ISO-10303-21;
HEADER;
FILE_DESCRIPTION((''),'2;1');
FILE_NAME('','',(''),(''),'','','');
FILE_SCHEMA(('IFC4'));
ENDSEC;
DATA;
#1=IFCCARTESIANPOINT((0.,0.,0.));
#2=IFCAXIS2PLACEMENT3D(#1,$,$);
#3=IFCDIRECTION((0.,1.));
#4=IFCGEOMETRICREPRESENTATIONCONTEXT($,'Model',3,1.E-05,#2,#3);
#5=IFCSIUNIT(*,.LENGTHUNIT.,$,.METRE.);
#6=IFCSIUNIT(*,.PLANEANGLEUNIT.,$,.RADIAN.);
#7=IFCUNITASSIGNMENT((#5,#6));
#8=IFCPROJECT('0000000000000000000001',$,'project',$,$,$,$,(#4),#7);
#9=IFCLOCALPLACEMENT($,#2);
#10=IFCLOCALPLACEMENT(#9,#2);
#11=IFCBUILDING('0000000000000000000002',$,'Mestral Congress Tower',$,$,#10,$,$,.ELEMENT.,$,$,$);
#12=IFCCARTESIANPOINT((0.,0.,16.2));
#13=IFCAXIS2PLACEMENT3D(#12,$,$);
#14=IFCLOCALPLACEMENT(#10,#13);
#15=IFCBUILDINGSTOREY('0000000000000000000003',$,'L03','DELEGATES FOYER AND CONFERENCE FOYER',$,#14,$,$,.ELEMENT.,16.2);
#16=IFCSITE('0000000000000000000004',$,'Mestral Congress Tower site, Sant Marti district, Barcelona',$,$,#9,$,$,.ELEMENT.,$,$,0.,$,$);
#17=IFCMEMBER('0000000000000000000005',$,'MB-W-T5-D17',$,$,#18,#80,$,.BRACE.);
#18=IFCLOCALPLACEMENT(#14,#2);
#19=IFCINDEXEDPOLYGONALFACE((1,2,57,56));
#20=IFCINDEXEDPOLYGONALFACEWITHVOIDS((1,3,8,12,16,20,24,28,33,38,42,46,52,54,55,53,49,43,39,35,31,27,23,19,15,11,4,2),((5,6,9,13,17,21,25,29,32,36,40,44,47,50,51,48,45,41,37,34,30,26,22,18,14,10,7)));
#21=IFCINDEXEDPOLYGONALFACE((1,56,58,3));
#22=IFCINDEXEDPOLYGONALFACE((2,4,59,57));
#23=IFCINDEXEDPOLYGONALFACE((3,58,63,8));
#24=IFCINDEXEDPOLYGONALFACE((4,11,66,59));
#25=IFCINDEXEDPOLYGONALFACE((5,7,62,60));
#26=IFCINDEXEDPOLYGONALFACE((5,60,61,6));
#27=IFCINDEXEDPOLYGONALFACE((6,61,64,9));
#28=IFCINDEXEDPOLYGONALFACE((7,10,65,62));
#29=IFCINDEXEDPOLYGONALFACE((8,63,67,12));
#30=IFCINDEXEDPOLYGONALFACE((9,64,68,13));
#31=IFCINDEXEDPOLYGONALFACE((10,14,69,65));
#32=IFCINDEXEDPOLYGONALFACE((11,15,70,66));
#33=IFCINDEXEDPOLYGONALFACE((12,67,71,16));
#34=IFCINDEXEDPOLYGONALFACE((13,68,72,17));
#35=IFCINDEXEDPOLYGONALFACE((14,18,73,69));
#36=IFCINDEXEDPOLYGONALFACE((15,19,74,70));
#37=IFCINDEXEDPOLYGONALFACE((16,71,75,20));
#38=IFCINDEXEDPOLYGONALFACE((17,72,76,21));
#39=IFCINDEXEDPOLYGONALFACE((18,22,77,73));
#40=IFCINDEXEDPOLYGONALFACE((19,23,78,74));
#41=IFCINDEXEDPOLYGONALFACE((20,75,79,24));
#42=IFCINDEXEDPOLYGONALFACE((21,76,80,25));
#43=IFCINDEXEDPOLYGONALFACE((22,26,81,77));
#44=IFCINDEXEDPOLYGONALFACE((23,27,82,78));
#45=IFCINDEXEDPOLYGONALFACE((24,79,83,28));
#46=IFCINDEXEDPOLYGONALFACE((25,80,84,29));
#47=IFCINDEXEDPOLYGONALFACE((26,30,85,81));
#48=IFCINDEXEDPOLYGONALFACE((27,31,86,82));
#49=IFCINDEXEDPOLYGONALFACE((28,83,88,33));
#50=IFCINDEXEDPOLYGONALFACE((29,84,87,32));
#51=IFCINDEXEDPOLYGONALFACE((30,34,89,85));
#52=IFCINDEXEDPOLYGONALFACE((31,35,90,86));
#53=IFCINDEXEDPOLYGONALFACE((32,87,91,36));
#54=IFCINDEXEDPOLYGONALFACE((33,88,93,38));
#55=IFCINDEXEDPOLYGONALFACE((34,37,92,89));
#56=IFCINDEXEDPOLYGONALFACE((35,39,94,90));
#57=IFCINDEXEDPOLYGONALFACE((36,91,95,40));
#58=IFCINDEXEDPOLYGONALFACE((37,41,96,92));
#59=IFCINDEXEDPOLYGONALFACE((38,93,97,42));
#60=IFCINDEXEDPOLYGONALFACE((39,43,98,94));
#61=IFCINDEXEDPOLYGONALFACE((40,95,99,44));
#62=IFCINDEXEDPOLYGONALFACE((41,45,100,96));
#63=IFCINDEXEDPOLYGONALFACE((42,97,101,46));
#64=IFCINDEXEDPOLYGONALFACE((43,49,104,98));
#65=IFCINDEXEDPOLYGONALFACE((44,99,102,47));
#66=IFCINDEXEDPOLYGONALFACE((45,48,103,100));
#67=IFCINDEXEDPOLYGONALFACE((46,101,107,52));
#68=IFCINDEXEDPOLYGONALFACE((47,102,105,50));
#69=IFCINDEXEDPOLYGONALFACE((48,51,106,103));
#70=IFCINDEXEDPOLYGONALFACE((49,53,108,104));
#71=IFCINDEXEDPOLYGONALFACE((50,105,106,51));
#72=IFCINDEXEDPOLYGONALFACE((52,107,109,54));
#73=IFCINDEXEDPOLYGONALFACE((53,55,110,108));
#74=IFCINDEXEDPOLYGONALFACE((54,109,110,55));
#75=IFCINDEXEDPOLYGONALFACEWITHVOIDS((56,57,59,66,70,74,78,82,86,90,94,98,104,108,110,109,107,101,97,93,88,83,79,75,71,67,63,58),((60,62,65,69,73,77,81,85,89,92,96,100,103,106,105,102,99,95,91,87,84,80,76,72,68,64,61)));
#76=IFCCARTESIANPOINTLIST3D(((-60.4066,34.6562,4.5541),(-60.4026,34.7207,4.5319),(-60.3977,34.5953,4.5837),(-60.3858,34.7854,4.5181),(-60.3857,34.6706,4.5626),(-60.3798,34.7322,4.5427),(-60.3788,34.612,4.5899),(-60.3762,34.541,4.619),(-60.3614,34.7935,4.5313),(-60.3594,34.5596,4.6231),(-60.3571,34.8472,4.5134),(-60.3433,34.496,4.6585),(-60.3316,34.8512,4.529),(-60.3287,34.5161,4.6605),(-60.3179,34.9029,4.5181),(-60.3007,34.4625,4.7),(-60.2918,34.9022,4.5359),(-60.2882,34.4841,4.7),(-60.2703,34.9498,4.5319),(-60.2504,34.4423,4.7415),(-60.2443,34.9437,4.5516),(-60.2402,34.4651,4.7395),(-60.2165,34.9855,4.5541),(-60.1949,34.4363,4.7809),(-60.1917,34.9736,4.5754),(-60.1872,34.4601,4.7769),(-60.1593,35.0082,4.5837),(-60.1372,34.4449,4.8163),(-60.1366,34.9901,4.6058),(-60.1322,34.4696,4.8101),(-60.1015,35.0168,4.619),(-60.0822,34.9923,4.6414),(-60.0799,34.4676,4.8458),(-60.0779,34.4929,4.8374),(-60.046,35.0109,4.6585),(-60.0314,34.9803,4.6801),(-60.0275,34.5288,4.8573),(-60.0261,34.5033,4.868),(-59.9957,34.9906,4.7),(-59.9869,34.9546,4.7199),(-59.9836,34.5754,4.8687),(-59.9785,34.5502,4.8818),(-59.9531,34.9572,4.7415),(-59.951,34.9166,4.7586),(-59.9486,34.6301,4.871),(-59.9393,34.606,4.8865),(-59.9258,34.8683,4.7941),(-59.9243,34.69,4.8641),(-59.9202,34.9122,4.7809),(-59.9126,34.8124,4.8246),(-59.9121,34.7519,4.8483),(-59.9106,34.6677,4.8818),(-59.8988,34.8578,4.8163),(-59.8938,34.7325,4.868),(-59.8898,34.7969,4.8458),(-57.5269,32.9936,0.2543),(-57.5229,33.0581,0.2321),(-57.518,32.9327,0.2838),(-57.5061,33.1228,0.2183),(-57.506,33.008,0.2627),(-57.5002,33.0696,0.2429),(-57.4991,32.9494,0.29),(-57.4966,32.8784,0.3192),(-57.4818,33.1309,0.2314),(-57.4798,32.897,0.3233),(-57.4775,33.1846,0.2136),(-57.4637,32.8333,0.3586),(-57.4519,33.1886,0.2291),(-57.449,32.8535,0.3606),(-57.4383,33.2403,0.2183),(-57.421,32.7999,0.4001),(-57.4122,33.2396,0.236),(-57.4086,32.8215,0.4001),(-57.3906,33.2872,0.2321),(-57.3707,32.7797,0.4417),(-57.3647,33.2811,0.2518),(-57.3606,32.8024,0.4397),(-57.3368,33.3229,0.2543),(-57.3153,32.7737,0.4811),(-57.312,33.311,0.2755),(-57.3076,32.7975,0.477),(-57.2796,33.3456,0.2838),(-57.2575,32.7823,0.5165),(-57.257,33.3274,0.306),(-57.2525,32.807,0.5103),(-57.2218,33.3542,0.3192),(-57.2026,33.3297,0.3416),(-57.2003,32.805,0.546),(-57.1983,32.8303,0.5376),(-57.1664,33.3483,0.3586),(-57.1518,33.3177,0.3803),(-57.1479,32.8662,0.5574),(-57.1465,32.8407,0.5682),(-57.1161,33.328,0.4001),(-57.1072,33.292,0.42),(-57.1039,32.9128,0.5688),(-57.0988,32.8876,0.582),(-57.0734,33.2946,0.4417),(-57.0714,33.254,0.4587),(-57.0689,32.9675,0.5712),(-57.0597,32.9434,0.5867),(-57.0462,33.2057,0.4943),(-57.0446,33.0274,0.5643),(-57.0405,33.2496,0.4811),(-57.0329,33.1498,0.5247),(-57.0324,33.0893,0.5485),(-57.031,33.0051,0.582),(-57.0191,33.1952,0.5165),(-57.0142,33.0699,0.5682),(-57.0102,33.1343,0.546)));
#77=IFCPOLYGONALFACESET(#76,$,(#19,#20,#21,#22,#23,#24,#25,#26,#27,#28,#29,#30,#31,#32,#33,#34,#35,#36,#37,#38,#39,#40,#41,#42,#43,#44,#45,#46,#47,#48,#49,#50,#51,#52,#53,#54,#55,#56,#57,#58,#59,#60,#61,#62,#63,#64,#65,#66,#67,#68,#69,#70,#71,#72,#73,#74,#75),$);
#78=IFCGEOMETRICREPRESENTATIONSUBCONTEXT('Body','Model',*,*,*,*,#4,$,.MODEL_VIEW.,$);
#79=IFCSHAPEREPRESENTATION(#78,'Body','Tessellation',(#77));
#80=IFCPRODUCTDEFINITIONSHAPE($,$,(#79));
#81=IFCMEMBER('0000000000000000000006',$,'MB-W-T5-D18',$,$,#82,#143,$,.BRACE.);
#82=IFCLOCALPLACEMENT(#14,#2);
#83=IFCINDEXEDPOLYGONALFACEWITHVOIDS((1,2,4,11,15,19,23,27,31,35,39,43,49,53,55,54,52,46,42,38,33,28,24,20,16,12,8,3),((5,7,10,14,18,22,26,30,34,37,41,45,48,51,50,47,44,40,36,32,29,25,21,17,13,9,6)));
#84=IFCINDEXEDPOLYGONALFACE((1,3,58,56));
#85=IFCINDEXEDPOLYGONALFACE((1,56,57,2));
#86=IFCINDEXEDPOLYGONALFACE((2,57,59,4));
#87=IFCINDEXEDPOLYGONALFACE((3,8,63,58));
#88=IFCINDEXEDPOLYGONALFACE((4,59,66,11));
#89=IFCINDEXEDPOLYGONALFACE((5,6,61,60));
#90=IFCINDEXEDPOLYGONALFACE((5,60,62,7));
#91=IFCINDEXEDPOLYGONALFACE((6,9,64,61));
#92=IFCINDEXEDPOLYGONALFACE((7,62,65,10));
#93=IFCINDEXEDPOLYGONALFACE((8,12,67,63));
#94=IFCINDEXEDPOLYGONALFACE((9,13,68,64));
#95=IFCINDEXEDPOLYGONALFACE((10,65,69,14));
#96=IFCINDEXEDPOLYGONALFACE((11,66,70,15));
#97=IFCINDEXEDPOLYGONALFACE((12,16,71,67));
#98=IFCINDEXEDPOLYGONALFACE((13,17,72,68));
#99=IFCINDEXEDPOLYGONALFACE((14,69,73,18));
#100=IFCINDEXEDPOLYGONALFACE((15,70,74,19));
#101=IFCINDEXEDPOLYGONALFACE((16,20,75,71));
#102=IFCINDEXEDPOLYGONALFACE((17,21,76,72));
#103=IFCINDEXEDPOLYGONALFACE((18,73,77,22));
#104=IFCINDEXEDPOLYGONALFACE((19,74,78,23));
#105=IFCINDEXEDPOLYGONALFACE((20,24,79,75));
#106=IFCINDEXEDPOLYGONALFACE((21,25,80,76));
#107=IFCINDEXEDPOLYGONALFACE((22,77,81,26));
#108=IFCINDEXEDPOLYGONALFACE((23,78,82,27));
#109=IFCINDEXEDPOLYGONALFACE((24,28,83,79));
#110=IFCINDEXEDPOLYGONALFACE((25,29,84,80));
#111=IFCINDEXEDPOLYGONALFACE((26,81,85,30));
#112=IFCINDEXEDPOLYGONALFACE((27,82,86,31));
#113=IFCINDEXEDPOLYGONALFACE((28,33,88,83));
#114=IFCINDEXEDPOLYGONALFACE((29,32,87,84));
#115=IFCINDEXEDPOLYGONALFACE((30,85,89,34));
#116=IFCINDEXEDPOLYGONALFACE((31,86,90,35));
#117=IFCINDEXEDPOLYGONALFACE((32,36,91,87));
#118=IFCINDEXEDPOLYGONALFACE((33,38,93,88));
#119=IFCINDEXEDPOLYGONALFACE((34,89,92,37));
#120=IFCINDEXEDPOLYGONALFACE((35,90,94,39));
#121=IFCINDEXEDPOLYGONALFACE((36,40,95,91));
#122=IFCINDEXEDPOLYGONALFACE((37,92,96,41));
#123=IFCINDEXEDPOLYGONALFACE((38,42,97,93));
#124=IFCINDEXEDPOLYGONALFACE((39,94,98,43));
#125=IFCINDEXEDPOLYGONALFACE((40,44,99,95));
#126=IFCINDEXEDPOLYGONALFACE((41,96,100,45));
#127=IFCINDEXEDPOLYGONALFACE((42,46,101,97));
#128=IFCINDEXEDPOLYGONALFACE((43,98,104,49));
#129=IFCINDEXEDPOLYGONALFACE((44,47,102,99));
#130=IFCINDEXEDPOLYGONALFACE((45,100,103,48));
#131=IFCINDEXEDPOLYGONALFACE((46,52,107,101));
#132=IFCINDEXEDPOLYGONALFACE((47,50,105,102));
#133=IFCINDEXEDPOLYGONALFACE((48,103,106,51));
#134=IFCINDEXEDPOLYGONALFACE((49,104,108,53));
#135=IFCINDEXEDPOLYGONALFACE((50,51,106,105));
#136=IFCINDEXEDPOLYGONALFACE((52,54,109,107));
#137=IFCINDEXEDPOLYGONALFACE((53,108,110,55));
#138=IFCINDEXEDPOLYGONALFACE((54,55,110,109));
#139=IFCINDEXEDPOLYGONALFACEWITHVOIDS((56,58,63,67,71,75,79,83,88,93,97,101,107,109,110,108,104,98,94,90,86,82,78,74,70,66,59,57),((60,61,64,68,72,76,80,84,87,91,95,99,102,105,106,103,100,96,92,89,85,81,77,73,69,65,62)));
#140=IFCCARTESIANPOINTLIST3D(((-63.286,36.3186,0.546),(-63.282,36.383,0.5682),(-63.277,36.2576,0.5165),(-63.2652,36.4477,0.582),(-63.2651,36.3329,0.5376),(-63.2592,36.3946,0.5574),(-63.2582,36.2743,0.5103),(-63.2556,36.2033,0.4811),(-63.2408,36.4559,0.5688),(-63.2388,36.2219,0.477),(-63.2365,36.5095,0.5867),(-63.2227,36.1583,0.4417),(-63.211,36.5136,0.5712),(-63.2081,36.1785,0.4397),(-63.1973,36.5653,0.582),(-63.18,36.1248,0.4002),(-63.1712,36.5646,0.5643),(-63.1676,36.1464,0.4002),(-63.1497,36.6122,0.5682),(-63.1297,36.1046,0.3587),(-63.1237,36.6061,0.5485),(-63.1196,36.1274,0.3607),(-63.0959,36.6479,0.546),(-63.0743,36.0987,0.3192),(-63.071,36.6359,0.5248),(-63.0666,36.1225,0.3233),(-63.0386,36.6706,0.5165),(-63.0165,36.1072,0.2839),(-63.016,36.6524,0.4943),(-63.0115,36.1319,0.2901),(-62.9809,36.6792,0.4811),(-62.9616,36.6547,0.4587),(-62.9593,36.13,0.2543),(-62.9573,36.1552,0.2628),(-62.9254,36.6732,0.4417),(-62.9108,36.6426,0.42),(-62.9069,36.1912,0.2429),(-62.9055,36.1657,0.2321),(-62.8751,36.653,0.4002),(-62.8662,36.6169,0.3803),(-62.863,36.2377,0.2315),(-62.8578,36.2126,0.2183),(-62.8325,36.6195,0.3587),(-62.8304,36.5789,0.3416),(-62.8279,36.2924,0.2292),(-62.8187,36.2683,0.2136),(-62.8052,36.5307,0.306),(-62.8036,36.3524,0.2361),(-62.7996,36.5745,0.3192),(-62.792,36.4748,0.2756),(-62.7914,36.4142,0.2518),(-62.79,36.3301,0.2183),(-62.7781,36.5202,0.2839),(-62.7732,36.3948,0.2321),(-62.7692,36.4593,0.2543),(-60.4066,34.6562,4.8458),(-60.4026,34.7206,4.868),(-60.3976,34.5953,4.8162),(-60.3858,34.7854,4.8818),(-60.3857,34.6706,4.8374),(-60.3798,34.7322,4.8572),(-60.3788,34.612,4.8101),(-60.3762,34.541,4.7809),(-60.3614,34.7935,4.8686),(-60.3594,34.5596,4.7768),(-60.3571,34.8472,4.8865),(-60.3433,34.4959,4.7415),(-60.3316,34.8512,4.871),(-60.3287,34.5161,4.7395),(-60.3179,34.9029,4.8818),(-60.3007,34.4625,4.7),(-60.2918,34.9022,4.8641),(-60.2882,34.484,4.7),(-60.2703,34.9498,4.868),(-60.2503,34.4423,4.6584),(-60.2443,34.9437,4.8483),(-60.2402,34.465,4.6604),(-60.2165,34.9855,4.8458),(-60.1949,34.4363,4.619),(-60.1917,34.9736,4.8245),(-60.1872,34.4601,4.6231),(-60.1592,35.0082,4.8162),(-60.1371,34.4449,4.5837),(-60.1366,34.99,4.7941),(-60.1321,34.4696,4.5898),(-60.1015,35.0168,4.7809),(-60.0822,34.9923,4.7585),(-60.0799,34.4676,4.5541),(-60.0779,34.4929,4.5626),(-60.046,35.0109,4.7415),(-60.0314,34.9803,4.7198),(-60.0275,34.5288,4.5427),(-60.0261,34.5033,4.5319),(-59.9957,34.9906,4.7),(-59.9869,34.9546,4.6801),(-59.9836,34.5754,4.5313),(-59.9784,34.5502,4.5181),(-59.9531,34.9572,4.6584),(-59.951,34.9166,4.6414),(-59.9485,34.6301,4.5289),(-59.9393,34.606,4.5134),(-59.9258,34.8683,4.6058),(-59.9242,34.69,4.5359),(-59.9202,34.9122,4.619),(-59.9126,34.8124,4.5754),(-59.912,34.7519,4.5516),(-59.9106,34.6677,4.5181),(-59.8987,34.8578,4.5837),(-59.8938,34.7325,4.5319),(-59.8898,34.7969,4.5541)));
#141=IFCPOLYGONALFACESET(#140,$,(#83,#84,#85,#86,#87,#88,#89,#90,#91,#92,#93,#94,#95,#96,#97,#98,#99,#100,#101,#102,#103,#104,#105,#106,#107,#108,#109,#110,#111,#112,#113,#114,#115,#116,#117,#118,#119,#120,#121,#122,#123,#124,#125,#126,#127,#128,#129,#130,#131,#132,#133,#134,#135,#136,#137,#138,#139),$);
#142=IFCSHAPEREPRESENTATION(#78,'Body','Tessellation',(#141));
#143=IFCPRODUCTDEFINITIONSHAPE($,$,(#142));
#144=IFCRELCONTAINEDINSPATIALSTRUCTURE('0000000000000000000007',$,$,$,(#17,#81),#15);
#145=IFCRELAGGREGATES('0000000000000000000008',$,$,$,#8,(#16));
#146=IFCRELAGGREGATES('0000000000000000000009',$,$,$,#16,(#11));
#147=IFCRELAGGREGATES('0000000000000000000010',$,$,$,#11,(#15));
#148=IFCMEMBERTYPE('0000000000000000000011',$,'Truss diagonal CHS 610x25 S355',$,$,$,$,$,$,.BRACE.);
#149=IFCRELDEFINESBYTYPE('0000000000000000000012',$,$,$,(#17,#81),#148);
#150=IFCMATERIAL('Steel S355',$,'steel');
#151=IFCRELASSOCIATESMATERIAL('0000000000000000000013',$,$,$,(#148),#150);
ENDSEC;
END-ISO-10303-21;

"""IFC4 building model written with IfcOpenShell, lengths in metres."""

from ifc_helpers import new_model, si_unit, direction, frame, origin, origin_2d, place, context, subcontext, project, spatial, hollow_circle, extrude, material, material_profile, profile_set, type_object, element, save


model = new_model("IFC4")

# Units and contexts
model_context = context("Model", 3, precision=1e-05, world=origin(), true_north=direction((0.0, 1.0)))
body_context = subcontext(model_context, "Body", "Model", "MODEL_VIEW")
ifc_project = project(units=[si_unit("LENGTHUNIT", "METRE"), si_unit("PLANEANGLEUNIT", "RADIAN")], contexts=[model_context])

# Site, building, storey
site_placement = place(None, origin())
site = spatial("IfcSite", under=ifc_project, at=site_placement, Name="Mestral Congress Tower site, Sant Marti district, Barcelona", CompositionType="ELEMENT", RefElevation=0.0)
building_placement = place(site_placement, origin())
building = spatial("IfcBuilding", under=site, at=building_placement, Name="Mestral Congress Tower", CompositionType="ELEMENT")
storey_placement = place(building_placement, frame((0.0, 0.0, 16.2)))
storey = spatial("IfcBuildingStorey", under=building, at=storey_placement, Name="L03", Description="DELEGATES FOYER AND CONFERENCE FOYER", CompositionType="ELEMENT", Elevation=16.2)

# Members
ifc_material_1 = material(Name="Steel S355", Category="steel")
ifc_material_profile_1 = material_profile(ifc_material_1, hollow_circle(Radius=0.3049, WallThickness=0.0249, at=origin_2d()), Name="CHS 610x25")
ifc_profile_set_1 = profile_set([ifc_material_profile_1], Name="Steel S355")
member_type_1 = type_object("IfcMemberType", Name="Truss diagonal CHS 610x25 S355", PredefinedType="BRACE", material=ifc_profile_set_1)
for number, where, z_axis, x_axis, name in (
    (1, (-57.2686, 33.064, 0.4001), (-0.529782, 0.305877, 0.791057), (-0.500008, -0.866021, 0.0), "MB-W-T5-D17"),
):
    element("IfcMember", number, at=place(storey_placement, frame(where, z_axis=z_axis, x_axis=x_axis)), inside=storey, type_object=member_type_1, Name=name, PredefinedType="BRACE", context=body_context, shape_type="SweptSolid", body=[
        extrude(hollow_circle(Radius=0.3049, WallThickness=0.0249, at=origin_2d()), origin(), (0.0, 0.0, 1.0), 5.4355),
    ])
member_1_placement = place(storey_placement, frame((-60.1482, 34.7266, 4.7), z_axis=(-0.529757, 0.305843, -0.791087), x_axis=(-0.499985, -0.866034, 0.0)))
element("IfcMember", 2, at=member_1_placement, inside=storey, type_object=member_type_1, Name="MB-W-T5-D18", PredefinedType="BRACE", context=body_context, shape_type="SweptSolid", body=[
    extrude(hollow_circle(Radius=0.3049, WallThickness=0.0249, at=origin_2d()), origin(), (0.0, 0.0, 1.0), 5.4353),
])

save(model, "model.ifc")
